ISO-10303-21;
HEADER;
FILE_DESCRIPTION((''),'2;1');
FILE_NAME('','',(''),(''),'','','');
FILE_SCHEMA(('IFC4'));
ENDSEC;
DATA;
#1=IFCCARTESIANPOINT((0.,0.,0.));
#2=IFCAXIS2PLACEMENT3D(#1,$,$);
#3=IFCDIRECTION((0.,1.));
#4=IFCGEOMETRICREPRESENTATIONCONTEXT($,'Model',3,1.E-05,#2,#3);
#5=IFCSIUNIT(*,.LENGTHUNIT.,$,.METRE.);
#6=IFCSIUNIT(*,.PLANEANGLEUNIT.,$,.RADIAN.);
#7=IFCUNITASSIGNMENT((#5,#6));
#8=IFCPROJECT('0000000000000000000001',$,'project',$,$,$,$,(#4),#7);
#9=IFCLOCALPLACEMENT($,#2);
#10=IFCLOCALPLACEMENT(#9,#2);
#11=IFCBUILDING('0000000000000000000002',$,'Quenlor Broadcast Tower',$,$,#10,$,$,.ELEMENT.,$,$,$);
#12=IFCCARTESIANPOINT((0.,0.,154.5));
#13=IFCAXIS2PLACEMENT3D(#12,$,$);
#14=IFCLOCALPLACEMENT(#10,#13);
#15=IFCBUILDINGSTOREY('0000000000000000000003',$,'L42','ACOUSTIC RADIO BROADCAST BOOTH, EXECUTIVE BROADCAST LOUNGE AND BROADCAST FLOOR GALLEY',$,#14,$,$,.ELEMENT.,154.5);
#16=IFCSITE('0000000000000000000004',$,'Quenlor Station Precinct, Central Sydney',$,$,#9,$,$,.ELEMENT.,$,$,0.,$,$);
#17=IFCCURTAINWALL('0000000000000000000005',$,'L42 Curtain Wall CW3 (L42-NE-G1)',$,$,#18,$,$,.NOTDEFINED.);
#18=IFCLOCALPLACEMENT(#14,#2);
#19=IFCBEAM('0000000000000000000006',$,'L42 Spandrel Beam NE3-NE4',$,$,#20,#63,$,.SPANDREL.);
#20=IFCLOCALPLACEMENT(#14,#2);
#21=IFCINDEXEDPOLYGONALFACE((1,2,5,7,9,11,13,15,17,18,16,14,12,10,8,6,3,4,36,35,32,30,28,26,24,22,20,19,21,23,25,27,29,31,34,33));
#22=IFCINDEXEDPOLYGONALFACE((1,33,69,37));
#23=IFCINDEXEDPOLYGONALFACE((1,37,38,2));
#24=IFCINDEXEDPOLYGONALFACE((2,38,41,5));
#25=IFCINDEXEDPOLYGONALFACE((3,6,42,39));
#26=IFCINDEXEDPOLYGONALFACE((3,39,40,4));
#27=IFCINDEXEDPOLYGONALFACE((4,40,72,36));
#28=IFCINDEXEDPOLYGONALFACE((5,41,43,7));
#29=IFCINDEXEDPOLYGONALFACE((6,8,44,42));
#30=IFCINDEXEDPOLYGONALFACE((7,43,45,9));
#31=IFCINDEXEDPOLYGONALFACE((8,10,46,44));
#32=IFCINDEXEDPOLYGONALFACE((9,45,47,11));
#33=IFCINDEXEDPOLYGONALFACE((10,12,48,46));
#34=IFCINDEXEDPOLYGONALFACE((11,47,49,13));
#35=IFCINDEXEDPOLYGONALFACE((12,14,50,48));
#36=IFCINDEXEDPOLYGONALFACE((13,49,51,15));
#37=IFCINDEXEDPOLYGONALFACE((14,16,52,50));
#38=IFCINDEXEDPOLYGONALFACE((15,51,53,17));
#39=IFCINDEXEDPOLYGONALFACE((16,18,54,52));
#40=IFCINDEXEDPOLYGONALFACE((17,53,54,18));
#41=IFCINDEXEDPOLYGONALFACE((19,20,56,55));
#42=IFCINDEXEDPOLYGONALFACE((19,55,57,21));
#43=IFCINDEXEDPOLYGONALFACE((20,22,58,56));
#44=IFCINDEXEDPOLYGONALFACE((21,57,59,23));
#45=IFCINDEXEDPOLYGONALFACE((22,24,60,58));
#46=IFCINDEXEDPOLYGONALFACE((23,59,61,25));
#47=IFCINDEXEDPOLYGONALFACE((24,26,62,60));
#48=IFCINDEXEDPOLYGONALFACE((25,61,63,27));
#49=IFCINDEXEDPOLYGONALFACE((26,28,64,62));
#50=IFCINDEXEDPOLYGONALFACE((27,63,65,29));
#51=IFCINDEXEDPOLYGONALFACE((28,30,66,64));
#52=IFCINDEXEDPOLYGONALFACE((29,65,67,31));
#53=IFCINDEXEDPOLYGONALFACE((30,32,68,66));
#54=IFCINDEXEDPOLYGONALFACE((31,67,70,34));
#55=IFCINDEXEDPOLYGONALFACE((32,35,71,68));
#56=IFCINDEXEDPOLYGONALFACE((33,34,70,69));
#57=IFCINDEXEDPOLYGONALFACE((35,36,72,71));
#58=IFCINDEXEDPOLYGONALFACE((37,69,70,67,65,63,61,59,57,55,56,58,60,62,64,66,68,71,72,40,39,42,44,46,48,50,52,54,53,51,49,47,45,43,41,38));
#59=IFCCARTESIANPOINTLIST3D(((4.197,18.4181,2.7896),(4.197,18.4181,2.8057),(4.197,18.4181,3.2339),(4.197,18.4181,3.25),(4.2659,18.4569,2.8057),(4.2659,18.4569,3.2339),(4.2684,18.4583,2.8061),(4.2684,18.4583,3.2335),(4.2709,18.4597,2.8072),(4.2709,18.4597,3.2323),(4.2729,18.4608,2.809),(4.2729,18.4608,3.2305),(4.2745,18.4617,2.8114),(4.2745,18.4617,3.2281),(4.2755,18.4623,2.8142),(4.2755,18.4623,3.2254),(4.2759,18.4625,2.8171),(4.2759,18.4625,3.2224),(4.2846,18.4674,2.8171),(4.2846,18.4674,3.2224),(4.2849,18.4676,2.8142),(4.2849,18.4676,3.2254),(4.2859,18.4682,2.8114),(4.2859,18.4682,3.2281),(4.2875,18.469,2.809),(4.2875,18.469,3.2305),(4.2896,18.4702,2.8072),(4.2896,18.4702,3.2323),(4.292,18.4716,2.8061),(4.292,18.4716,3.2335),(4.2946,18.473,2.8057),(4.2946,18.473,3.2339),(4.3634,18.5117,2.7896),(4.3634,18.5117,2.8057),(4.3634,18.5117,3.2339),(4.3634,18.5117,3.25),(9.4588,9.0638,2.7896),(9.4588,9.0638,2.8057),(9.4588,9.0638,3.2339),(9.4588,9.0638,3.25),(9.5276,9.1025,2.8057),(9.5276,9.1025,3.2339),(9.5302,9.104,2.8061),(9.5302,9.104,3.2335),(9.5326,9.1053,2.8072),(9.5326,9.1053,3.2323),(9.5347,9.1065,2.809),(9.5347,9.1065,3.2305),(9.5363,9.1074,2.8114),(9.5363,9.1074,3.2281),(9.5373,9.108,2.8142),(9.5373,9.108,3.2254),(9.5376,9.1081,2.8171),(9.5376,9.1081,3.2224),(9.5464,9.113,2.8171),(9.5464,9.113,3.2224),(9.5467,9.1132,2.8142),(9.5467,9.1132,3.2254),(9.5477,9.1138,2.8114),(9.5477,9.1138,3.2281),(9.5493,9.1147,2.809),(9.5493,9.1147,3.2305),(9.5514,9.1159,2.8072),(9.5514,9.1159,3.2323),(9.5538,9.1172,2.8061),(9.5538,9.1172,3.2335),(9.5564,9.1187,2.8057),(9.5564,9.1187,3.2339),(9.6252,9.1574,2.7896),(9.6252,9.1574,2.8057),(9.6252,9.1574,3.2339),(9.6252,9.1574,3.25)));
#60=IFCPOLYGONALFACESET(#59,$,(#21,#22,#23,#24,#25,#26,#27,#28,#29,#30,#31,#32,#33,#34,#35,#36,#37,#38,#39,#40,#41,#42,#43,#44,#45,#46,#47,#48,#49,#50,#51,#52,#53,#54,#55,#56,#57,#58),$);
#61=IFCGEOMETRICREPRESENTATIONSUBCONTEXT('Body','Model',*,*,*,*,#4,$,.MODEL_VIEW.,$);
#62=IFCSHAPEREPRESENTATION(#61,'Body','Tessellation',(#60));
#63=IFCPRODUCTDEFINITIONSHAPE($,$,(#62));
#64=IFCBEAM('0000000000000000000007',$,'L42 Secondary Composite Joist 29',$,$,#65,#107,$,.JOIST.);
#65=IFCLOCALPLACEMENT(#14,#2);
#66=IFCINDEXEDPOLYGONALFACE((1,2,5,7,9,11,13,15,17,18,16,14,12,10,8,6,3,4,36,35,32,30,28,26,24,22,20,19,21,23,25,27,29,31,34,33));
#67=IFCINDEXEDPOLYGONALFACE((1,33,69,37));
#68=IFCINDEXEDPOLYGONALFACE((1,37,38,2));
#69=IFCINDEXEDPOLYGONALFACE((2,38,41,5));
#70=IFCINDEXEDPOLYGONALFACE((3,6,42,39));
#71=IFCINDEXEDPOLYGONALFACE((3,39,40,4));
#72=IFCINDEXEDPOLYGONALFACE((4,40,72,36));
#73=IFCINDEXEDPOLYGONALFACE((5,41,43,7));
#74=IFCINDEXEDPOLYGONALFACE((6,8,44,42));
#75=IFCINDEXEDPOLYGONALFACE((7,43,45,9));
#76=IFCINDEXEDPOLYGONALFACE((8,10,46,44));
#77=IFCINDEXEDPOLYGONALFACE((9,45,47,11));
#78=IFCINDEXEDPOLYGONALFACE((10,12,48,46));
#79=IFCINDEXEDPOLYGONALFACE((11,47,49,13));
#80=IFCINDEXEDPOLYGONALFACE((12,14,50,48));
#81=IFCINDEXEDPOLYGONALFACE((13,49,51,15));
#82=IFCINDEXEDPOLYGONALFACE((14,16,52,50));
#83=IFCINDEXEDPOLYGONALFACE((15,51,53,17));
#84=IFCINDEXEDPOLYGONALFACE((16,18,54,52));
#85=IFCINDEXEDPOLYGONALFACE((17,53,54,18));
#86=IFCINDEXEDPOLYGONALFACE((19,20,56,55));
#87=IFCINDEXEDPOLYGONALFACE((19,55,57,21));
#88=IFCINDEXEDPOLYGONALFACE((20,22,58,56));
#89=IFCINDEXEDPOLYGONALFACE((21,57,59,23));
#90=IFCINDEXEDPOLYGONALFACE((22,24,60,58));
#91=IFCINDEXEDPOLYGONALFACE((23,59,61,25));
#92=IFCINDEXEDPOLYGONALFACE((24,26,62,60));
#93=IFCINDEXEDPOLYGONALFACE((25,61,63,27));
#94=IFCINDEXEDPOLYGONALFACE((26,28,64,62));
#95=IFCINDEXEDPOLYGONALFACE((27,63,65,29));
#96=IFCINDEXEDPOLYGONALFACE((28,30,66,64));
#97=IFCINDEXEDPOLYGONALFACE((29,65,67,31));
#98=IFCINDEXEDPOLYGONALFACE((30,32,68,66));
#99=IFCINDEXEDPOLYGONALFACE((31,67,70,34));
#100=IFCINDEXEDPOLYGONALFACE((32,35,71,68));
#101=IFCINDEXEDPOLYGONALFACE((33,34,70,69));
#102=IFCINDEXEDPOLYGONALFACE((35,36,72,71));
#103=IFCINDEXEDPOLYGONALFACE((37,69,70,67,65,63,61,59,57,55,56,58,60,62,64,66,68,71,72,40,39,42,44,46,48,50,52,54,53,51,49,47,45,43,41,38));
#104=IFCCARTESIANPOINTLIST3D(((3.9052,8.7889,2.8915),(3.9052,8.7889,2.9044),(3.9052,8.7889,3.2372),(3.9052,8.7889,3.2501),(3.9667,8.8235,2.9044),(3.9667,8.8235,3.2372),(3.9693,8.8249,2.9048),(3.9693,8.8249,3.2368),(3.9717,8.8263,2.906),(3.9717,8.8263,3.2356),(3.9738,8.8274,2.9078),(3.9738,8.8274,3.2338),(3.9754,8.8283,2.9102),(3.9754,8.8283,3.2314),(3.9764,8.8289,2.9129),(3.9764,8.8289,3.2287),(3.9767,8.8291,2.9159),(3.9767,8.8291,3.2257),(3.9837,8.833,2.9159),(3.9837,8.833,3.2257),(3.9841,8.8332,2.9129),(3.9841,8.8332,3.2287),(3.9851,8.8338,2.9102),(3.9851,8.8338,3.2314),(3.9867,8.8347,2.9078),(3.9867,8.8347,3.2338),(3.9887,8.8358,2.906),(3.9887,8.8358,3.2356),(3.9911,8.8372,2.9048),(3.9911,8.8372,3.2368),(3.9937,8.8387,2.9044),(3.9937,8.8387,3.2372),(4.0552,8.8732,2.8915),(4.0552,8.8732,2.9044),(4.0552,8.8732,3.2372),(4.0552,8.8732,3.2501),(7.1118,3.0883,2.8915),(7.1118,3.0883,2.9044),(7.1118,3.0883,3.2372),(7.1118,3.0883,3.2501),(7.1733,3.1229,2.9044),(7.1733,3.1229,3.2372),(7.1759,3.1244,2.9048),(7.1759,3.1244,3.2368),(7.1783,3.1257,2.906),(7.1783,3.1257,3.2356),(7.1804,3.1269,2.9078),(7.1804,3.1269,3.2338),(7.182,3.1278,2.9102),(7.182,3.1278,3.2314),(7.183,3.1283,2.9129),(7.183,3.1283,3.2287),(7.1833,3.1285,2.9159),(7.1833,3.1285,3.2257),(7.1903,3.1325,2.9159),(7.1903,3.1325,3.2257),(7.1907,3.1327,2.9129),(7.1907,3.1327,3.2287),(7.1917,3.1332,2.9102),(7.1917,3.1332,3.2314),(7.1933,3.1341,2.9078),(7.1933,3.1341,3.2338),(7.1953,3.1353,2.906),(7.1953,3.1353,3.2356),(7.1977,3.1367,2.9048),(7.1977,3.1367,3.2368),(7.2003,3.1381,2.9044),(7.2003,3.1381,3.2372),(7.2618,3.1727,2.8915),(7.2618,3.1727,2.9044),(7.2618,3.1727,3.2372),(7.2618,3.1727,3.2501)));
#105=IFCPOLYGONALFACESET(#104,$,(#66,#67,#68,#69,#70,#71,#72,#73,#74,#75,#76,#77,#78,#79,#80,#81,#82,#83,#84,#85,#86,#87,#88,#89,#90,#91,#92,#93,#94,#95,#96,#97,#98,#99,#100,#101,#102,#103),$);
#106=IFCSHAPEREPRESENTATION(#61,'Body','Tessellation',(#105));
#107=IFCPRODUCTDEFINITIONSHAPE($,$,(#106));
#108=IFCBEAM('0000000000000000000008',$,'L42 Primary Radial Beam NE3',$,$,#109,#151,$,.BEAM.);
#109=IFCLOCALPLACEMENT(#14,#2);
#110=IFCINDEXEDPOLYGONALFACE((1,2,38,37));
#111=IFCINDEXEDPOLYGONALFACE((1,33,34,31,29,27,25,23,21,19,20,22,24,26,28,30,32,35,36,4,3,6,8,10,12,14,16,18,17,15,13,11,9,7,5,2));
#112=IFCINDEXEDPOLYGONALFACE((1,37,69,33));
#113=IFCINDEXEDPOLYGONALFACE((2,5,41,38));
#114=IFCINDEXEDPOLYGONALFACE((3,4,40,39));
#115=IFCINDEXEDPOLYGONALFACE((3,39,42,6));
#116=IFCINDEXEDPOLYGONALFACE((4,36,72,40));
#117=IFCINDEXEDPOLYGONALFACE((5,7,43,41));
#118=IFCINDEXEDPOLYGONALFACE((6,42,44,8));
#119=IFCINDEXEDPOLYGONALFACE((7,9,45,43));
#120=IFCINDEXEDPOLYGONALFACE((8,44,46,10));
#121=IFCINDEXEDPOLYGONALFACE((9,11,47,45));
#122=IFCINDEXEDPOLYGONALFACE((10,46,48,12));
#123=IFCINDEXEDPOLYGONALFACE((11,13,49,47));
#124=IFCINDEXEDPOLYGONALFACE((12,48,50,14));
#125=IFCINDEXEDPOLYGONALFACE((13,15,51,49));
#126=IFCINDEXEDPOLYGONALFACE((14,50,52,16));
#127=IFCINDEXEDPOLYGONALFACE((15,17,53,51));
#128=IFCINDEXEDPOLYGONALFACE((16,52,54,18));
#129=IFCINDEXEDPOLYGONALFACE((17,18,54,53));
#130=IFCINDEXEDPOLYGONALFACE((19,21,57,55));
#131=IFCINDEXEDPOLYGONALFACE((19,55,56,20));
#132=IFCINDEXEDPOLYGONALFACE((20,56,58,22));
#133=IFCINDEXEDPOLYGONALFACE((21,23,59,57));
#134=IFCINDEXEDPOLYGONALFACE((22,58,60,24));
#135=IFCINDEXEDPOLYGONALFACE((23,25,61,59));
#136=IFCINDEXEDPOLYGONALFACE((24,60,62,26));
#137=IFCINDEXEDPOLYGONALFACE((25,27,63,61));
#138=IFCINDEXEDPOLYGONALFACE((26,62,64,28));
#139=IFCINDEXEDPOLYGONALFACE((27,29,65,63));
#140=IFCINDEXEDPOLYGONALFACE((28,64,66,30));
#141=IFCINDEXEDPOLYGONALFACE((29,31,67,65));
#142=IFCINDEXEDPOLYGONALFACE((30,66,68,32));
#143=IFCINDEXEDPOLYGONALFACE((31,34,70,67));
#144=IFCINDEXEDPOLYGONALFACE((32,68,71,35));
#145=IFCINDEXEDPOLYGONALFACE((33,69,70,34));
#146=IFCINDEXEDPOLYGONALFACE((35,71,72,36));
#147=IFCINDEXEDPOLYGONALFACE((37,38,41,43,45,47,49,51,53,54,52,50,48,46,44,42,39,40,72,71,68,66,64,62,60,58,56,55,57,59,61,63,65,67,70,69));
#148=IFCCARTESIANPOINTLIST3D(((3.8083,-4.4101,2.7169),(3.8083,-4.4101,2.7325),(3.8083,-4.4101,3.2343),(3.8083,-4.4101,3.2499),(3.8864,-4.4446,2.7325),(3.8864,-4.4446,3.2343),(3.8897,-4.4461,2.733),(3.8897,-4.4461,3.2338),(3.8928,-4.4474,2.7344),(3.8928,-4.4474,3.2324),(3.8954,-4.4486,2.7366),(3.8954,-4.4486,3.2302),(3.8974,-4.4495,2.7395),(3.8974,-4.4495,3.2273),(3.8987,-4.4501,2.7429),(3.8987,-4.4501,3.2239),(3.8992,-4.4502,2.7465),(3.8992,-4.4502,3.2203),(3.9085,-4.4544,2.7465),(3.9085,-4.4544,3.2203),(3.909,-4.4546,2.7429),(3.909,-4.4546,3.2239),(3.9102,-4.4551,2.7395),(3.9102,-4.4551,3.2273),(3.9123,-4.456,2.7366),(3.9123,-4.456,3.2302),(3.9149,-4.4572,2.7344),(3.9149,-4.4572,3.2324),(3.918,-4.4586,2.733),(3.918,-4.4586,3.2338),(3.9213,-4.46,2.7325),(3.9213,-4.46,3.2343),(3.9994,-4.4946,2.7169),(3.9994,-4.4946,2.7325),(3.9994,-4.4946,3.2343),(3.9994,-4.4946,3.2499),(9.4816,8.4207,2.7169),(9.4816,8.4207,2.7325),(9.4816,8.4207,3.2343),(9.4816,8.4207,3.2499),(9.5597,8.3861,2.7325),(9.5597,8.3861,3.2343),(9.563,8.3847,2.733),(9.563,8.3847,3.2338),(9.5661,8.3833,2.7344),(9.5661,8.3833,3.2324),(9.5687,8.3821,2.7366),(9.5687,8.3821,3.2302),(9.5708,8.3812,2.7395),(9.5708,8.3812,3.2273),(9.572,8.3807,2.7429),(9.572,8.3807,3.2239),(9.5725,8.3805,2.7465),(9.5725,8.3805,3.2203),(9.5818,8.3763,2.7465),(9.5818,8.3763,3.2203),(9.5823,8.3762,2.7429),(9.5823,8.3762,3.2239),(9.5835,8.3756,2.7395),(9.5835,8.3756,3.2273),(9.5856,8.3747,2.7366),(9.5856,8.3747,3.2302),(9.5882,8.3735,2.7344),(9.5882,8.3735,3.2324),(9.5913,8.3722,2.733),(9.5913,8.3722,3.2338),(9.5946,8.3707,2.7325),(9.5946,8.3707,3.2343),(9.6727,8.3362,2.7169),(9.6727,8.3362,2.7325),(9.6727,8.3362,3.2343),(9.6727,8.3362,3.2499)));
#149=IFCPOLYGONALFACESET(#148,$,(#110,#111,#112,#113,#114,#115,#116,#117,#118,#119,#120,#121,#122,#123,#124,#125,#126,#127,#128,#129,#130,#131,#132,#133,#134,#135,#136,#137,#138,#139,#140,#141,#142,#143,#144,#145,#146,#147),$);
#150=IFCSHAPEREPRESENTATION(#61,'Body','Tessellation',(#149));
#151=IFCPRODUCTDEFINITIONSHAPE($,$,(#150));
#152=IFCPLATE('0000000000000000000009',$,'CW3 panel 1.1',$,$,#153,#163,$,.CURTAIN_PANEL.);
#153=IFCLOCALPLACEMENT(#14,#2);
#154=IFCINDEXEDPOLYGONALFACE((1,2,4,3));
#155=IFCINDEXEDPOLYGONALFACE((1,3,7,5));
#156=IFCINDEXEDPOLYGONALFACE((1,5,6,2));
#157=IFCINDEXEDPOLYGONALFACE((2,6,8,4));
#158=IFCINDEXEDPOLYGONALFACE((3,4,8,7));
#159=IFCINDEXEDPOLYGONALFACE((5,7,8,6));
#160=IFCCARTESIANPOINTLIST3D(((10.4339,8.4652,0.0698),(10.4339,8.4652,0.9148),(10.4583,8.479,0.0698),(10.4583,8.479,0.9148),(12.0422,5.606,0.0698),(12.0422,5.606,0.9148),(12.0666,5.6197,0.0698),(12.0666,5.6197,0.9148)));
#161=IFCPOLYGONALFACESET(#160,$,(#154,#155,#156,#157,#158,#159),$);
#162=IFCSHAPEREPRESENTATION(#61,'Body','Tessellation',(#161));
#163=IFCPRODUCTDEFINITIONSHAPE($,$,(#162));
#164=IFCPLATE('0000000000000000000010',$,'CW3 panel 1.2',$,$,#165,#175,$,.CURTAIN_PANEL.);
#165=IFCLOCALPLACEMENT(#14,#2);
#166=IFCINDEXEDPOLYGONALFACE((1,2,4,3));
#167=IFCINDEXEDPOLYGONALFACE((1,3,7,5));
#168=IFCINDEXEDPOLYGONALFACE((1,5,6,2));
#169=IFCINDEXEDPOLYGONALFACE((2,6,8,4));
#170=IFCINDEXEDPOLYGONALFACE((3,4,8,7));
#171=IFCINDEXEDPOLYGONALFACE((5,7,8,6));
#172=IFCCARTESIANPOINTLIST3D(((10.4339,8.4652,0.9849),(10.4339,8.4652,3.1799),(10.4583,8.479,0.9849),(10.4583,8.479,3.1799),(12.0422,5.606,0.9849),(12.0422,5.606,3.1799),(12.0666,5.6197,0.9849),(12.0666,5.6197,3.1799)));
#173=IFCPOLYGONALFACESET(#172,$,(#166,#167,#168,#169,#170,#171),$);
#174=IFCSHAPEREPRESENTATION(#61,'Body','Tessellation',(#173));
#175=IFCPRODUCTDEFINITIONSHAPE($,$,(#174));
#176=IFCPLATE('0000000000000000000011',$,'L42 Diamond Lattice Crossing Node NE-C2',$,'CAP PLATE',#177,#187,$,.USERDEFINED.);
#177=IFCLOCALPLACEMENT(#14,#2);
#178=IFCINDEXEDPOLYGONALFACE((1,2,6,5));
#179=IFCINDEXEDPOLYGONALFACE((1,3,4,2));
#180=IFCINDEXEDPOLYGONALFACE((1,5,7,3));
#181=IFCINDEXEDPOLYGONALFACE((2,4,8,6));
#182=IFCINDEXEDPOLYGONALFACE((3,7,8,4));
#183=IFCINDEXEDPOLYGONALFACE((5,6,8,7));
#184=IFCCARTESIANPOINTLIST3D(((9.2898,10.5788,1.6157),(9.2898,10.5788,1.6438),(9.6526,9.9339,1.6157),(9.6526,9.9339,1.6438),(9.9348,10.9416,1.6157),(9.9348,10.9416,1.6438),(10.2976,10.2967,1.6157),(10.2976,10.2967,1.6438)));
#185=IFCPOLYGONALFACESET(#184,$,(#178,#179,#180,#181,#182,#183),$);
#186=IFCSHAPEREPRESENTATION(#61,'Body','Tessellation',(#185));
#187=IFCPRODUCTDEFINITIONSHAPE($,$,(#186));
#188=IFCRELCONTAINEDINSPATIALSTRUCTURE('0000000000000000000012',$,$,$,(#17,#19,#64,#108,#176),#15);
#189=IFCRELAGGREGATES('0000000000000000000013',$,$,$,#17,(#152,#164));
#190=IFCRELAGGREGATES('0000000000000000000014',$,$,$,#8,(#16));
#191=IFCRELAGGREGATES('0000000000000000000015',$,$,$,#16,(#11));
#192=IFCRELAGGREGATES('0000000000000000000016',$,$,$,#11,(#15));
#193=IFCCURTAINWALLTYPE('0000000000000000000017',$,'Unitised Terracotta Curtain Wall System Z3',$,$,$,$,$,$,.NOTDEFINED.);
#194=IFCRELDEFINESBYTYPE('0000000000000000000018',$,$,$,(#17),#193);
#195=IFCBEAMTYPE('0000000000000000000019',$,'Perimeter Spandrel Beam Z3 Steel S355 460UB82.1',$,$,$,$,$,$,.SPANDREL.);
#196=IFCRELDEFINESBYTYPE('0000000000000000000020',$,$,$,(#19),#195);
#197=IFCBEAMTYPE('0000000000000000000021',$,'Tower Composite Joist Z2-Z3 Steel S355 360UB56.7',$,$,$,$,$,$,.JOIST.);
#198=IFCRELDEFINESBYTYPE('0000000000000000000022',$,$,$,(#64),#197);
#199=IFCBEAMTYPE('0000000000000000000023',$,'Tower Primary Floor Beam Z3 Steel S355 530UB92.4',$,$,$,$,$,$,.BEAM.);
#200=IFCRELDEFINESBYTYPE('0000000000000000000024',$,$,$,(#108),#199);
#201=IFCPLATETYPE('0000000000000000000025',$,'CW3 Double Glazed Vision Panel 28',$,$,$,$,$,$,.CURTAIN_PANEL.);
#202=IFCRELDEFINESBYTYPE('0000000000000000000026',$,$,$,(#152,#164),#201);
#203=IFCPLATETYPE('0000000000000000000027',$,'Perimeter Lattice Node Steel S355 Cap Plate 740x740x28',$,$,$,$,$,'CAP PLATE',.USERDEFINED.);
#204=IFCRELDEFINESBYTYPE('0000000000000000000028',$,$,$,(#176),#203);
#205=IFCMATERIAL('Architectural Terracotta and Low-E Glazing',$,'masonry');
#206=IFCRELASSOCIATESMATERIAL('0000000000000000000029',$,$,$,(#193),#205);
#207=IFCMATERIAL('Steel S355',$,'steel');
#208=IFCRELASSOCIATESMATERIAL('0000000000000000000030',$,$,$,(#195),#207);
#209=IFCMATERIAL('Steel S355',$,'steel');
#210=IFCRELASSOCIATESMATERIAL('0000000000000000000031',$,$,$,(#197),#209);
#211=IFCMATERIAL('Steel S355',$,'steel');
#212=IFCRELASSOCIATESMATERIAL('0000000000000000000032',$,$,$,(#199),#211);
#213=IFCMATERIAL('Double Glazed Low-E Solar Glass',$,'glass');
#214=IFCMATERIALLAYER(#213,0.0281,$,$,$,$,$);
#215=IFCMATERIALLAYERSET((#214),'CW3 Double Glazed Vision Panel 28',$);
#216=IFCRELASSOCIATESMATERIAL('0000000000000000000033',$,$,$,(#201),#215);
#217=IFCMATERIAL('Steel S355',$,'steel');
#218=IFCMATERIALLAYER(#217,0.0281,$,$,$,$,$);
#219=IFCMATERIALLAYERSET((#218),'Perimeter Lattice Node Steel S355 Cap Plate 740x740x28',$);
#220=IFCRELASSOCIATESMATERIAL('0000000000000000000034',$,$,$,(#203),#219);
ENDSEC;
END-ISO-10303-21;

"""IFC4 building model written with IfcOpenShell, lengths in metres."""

from ifc_helpers import new_model, si_unit, direction, frame, origin, origin_2d, place, context, subcontext, project, spatial, rectangle, i_section, extrude, material, layer, layer_set, material_profile, profile_set, type_object, element, aggregate, save


model = new_model("IFC4")

# Units and contexts
model_context = context("Model", 3, precision=1e-05, world=origin(), true_north=direction((0.0, 1.0)))
body_context = subcontext(model_context, "Body", "Model", "MODEL_VIEW")
ifc_project = project(units=[si_unit("LENGTHUNIT", "METRE"), si_unit("PLANEANGLEUNIT", "RADIAN")], contexts=[model_context])

# Site, building, storey
site_placement = place(None, origin())
site = spatial("IfcSite", under=ifc_project, at=site_placement, Name="Quenlor Station Precinct, Central Sydney", CompositionType="ELEMENT", RefElevation=0.0)
building_placement = place(site_placement, origin())
building = spatial("IfcBuilding", under=site, at=building_placement, Name="Quenlor Broadcast Tower", CompositionType="ELEMENT")
storey_placement = place(building_placement, frame((0.0, 0.0, 154.5)))
storey = spatial("IfcBuildingStorey", under=building, at=storey_placement, Name="L42", Description="ACOUSTIC RADIO BROADCAST BOOTH, EXECUTIVE BROADCAST LOUNGE AND BROADCAST FLOOR GALLEY", CompositionType="ELEMENT", Elevation=154.5)

# Shared definitions
ifc_material_1 = material(Name="Architectural Terracotta and Low-E Glazing", Category="masonry")
curtain_wall_type = type_object("IfcCurtainWallType", Name="Unitised Terracotta Curtain Wall System Z3", PredefinedType="NOTDEFINED", material=ifc_material_1)

# Curtain wall
curtain_wall_1_placement = place(storey_placement, origin())
curtain_wall_1 = element("IfcCurtainWall", 1, at=curtain_wall_1_placement, inside=storey, type_object=curtain_wall_type, Name="L42 Curtain Wall CW3 (L42-NE-G1)", PredefinedType="NOTDEFINED")

# Beams
ifc_material_2 = material(Name="Steel S355", Category="steel")
ifc_material_profile_1 = material_profile(ifc_material_2, i_section(OverallWidth=0.1909, OverallDepth=0.4604, WebThickness=0.01, FlangeThickness=0.0161, FilletRadius=0.0115, at=origin_2d()))
ifc_profile_set_1 = profile_set([ifc_material_profile_1], Name="Steel S355 460UB82.1")
beam_type_1 = type_object("IfcBeamType", Name="Perimeter Spandrel Beam Z3 Steel S355 460UB82.1", PredefinedType="SPANDREL", material=ifc_profile_set_1)
beam_1_placement = place(storey_placement, frame((9.542, 9.1106, 3.0198), z_axis=(-0.490258, 0.871577, 0.0), x_axis=(-0.871577, -0.490258, 0.0)))
element("IfcBeam", 2, at=beam_1_placement, inside=storey, type_object=beam_type_1, Name="L42 Spandrel Beam NE3-NE4", PredefinedType="SPANDREL", context=body_context, shape_type="SweptSolid", body=[
    extrude(i_section(OverallWidth=0.1909, OverallDepth=0.4604, WebThickness=0.01, FlangeThickness=0.0161, FilletRadius=0.0115, at=origin_2d()), origin(), (0.0, 0.0, 1.0), 10.7327),
])
ifc_material_3 = material(Name="Steel S355", Category="steel")
ifc_material_profile_2 = material_profile(ifc_material_3, i_section(OverallWidth=0.1721, OverallDepth=0.3586, WebThickness=0.0081, FlangeThickness=0.0129, FilletRadius=0.0115, at=origin_2d()))
ifc_profile_set_2 = profile_set([ifc_material_profile_2], Name="Steel S355 360UB56.7")
beam_type_2 = type_object("IfcBeamType", Name="Tower Composite Joist Z2-Z3 Steel S355 360UB56.7", PredefinedType="JOIST", material=ifc_profile_set_2)
beam_2_placement = place(storey_placement, frame((3.9802, 8.8311, 3.0708), z_axis=(0.490267, -0.871573, 0.0), x_axis=(0.871573, 0.490267, 0.0)))
element("IfcBeam", 3, at=beam_2_placement, inside=storey, type_object=beam_type_2, Name="L42 Secondary Composite Joist 29", PredefinedType="JOIST", context=body_context, shape_type="SweptSolid", body=[
    extrude(i_section(OverallWidth=0.1721, OverallDepth=0.3586, WebThickness=0.0081, FlangeThickness=0.0129, FilletRadius=0.0115, at=origin_2d()), origin(), (0.0, 0.0, 1.0), 6.5405),
])
ifc_material_4 = material(Name="Steel S355", Category="steel")
ifc_material_profile_3 = material_profile(ifc_material_4, i_section(OverallWidth=0.209, OverallDepth=0.533, WebThickness=0.0103, FlangeThickness=0.0156, FilletRadius=0.0139, at=origin_2d()))
ifc_profile_set_3 = profile_set([ifc_material_profile_3], Name="Steel S355 530UB92.4")
beam_type_3 = type_object("IfcBeamType", Name="Tower Primary Floor Beam Z3 Steel S355 530UB92.4", PredefinedType="BEAM", material=ifc_profile_set_3)
beam_3_placement = place(storey_placement, frame((9.5771, 8.3784, 2.9834), z_axis=(-0.404397, -0.914583, 0.0), x_axis=(0.914583, -0.404397, 0.0)))
element("IfcBeam", 4, at=beam_3_placement, inside=storey, type_object=beam_type_3, Name="L42 Primary Radial Beam NE3", PredefinedType="BEAM", context=body_context, shape_type="SweptSolid", body=[
    extrude(i_section(OverallWidth=0.209, OverallDepth=0.533, WebThickness=0.0103, FlangeThickness=0.0156, FilletRadius=0.0139, at=origin_2d()), origin(), (0.0, 0.0, 1.0), 14.0291),
])

# Plates
ifc_material_5 = material(Name="Double Glazed Low-E Solar Glass", Category="glass")
ifc_layer_1 = layer(ifc_material_5, 0.0281)
ifc_layer_set_1 = layer_set([ifc_layer_1], Name="CW3 Double Glazed Vision Panel 28")
plate_type_1 = type_object("IfcPlateType", Name="CW3 Double Glazed Vision Panel 28", PredefinedType="CURTAIN_PANEL", material=ifc_layer_set_1)
plate_1_placement = place(storey_placement, frame((11.2502, 7.0425, 0.0698), z_axis=(0.0, 0.0, 1.0), x_axis=(0.490256, -0.871579, 0.0)))
plate_1 = element("IfcPlate", 5, at=plate_1_placement, type_object=plate_type_1, Name="CW3 panel 1.1", PredefinedType="CURTAIN_PANEL", context=body_context, shape_type="SweptSolid", body=[
    extrude(rectangle(XDim=3.2805, YDim=0.0281, at=origin_2d()), origin(), (0.0, 0.0, 1.0), 0.845),
])
plate_2_placement = place(storey_placement, frame((11.2502, 7.0425, 0.9849), z_axis=(0.0, 0.0, 1.0), x_axis=(0.490256, -0.871579, 0.0)))
plate_2 = element("IfcPlate", 6, at=plate_2_placement, type_object=plate_type_1, Name="CW3 panel 1.2", PredefinedType="CURTAIN_PANEL", context=body_context, shape_type="SweptSolid", body=[
    extrude(rectangle(XDim=3.2805, YDim=0.0281, at=origin_2d()), origin(), (0.0, 0.0, 1.0), 2.1951),
])
aggregate(curtain_wall_1, [plate_1, plate_2])

# Plate
ifc_material_6 = material(Name="Steel S355", Category="steel")
ifc_layer_2 = layer(ifc_material_6, 0.0281)
ifc_layer_set_2 = layer_set([ifc_layer_2], Name="Perimeter Lattice Node Steel S355 Cap Plate 740x740x28")
plate_type_2 = type_object("IfcPlateType", Name="Perimeter Lattice Node Steel S355 Cap Plate 740x740x28", ElementType="CAP PLATE", PredefinedType="USERDEFINED", material=ifc_layer_set_2)
plate_3_placement = place(storey_placement, frame((9.7937, 10.4377, 1.6157), z_axis=(0.0, 0.0, 1.0), x_axis=(0.490295, -0.871556, 0.0)))
element("IfcPlate", 7, at=plate_3_placement, inside=storey, type_object=plate_type_2, Name="L42 Diamond Lattice Crossing Node NE-C2", ObjectType="CAP PLATE", PredefinedType="USERDEFINED", context=body_context, shape_type="SweptSolid", body=[
    extrude(rectangle(XDim=0.74, YDim=0.74, at=origin_2d()), origin(), (0.0, 0.0, 1.0), 0.0281),
])

save(model, "model.ifc")
